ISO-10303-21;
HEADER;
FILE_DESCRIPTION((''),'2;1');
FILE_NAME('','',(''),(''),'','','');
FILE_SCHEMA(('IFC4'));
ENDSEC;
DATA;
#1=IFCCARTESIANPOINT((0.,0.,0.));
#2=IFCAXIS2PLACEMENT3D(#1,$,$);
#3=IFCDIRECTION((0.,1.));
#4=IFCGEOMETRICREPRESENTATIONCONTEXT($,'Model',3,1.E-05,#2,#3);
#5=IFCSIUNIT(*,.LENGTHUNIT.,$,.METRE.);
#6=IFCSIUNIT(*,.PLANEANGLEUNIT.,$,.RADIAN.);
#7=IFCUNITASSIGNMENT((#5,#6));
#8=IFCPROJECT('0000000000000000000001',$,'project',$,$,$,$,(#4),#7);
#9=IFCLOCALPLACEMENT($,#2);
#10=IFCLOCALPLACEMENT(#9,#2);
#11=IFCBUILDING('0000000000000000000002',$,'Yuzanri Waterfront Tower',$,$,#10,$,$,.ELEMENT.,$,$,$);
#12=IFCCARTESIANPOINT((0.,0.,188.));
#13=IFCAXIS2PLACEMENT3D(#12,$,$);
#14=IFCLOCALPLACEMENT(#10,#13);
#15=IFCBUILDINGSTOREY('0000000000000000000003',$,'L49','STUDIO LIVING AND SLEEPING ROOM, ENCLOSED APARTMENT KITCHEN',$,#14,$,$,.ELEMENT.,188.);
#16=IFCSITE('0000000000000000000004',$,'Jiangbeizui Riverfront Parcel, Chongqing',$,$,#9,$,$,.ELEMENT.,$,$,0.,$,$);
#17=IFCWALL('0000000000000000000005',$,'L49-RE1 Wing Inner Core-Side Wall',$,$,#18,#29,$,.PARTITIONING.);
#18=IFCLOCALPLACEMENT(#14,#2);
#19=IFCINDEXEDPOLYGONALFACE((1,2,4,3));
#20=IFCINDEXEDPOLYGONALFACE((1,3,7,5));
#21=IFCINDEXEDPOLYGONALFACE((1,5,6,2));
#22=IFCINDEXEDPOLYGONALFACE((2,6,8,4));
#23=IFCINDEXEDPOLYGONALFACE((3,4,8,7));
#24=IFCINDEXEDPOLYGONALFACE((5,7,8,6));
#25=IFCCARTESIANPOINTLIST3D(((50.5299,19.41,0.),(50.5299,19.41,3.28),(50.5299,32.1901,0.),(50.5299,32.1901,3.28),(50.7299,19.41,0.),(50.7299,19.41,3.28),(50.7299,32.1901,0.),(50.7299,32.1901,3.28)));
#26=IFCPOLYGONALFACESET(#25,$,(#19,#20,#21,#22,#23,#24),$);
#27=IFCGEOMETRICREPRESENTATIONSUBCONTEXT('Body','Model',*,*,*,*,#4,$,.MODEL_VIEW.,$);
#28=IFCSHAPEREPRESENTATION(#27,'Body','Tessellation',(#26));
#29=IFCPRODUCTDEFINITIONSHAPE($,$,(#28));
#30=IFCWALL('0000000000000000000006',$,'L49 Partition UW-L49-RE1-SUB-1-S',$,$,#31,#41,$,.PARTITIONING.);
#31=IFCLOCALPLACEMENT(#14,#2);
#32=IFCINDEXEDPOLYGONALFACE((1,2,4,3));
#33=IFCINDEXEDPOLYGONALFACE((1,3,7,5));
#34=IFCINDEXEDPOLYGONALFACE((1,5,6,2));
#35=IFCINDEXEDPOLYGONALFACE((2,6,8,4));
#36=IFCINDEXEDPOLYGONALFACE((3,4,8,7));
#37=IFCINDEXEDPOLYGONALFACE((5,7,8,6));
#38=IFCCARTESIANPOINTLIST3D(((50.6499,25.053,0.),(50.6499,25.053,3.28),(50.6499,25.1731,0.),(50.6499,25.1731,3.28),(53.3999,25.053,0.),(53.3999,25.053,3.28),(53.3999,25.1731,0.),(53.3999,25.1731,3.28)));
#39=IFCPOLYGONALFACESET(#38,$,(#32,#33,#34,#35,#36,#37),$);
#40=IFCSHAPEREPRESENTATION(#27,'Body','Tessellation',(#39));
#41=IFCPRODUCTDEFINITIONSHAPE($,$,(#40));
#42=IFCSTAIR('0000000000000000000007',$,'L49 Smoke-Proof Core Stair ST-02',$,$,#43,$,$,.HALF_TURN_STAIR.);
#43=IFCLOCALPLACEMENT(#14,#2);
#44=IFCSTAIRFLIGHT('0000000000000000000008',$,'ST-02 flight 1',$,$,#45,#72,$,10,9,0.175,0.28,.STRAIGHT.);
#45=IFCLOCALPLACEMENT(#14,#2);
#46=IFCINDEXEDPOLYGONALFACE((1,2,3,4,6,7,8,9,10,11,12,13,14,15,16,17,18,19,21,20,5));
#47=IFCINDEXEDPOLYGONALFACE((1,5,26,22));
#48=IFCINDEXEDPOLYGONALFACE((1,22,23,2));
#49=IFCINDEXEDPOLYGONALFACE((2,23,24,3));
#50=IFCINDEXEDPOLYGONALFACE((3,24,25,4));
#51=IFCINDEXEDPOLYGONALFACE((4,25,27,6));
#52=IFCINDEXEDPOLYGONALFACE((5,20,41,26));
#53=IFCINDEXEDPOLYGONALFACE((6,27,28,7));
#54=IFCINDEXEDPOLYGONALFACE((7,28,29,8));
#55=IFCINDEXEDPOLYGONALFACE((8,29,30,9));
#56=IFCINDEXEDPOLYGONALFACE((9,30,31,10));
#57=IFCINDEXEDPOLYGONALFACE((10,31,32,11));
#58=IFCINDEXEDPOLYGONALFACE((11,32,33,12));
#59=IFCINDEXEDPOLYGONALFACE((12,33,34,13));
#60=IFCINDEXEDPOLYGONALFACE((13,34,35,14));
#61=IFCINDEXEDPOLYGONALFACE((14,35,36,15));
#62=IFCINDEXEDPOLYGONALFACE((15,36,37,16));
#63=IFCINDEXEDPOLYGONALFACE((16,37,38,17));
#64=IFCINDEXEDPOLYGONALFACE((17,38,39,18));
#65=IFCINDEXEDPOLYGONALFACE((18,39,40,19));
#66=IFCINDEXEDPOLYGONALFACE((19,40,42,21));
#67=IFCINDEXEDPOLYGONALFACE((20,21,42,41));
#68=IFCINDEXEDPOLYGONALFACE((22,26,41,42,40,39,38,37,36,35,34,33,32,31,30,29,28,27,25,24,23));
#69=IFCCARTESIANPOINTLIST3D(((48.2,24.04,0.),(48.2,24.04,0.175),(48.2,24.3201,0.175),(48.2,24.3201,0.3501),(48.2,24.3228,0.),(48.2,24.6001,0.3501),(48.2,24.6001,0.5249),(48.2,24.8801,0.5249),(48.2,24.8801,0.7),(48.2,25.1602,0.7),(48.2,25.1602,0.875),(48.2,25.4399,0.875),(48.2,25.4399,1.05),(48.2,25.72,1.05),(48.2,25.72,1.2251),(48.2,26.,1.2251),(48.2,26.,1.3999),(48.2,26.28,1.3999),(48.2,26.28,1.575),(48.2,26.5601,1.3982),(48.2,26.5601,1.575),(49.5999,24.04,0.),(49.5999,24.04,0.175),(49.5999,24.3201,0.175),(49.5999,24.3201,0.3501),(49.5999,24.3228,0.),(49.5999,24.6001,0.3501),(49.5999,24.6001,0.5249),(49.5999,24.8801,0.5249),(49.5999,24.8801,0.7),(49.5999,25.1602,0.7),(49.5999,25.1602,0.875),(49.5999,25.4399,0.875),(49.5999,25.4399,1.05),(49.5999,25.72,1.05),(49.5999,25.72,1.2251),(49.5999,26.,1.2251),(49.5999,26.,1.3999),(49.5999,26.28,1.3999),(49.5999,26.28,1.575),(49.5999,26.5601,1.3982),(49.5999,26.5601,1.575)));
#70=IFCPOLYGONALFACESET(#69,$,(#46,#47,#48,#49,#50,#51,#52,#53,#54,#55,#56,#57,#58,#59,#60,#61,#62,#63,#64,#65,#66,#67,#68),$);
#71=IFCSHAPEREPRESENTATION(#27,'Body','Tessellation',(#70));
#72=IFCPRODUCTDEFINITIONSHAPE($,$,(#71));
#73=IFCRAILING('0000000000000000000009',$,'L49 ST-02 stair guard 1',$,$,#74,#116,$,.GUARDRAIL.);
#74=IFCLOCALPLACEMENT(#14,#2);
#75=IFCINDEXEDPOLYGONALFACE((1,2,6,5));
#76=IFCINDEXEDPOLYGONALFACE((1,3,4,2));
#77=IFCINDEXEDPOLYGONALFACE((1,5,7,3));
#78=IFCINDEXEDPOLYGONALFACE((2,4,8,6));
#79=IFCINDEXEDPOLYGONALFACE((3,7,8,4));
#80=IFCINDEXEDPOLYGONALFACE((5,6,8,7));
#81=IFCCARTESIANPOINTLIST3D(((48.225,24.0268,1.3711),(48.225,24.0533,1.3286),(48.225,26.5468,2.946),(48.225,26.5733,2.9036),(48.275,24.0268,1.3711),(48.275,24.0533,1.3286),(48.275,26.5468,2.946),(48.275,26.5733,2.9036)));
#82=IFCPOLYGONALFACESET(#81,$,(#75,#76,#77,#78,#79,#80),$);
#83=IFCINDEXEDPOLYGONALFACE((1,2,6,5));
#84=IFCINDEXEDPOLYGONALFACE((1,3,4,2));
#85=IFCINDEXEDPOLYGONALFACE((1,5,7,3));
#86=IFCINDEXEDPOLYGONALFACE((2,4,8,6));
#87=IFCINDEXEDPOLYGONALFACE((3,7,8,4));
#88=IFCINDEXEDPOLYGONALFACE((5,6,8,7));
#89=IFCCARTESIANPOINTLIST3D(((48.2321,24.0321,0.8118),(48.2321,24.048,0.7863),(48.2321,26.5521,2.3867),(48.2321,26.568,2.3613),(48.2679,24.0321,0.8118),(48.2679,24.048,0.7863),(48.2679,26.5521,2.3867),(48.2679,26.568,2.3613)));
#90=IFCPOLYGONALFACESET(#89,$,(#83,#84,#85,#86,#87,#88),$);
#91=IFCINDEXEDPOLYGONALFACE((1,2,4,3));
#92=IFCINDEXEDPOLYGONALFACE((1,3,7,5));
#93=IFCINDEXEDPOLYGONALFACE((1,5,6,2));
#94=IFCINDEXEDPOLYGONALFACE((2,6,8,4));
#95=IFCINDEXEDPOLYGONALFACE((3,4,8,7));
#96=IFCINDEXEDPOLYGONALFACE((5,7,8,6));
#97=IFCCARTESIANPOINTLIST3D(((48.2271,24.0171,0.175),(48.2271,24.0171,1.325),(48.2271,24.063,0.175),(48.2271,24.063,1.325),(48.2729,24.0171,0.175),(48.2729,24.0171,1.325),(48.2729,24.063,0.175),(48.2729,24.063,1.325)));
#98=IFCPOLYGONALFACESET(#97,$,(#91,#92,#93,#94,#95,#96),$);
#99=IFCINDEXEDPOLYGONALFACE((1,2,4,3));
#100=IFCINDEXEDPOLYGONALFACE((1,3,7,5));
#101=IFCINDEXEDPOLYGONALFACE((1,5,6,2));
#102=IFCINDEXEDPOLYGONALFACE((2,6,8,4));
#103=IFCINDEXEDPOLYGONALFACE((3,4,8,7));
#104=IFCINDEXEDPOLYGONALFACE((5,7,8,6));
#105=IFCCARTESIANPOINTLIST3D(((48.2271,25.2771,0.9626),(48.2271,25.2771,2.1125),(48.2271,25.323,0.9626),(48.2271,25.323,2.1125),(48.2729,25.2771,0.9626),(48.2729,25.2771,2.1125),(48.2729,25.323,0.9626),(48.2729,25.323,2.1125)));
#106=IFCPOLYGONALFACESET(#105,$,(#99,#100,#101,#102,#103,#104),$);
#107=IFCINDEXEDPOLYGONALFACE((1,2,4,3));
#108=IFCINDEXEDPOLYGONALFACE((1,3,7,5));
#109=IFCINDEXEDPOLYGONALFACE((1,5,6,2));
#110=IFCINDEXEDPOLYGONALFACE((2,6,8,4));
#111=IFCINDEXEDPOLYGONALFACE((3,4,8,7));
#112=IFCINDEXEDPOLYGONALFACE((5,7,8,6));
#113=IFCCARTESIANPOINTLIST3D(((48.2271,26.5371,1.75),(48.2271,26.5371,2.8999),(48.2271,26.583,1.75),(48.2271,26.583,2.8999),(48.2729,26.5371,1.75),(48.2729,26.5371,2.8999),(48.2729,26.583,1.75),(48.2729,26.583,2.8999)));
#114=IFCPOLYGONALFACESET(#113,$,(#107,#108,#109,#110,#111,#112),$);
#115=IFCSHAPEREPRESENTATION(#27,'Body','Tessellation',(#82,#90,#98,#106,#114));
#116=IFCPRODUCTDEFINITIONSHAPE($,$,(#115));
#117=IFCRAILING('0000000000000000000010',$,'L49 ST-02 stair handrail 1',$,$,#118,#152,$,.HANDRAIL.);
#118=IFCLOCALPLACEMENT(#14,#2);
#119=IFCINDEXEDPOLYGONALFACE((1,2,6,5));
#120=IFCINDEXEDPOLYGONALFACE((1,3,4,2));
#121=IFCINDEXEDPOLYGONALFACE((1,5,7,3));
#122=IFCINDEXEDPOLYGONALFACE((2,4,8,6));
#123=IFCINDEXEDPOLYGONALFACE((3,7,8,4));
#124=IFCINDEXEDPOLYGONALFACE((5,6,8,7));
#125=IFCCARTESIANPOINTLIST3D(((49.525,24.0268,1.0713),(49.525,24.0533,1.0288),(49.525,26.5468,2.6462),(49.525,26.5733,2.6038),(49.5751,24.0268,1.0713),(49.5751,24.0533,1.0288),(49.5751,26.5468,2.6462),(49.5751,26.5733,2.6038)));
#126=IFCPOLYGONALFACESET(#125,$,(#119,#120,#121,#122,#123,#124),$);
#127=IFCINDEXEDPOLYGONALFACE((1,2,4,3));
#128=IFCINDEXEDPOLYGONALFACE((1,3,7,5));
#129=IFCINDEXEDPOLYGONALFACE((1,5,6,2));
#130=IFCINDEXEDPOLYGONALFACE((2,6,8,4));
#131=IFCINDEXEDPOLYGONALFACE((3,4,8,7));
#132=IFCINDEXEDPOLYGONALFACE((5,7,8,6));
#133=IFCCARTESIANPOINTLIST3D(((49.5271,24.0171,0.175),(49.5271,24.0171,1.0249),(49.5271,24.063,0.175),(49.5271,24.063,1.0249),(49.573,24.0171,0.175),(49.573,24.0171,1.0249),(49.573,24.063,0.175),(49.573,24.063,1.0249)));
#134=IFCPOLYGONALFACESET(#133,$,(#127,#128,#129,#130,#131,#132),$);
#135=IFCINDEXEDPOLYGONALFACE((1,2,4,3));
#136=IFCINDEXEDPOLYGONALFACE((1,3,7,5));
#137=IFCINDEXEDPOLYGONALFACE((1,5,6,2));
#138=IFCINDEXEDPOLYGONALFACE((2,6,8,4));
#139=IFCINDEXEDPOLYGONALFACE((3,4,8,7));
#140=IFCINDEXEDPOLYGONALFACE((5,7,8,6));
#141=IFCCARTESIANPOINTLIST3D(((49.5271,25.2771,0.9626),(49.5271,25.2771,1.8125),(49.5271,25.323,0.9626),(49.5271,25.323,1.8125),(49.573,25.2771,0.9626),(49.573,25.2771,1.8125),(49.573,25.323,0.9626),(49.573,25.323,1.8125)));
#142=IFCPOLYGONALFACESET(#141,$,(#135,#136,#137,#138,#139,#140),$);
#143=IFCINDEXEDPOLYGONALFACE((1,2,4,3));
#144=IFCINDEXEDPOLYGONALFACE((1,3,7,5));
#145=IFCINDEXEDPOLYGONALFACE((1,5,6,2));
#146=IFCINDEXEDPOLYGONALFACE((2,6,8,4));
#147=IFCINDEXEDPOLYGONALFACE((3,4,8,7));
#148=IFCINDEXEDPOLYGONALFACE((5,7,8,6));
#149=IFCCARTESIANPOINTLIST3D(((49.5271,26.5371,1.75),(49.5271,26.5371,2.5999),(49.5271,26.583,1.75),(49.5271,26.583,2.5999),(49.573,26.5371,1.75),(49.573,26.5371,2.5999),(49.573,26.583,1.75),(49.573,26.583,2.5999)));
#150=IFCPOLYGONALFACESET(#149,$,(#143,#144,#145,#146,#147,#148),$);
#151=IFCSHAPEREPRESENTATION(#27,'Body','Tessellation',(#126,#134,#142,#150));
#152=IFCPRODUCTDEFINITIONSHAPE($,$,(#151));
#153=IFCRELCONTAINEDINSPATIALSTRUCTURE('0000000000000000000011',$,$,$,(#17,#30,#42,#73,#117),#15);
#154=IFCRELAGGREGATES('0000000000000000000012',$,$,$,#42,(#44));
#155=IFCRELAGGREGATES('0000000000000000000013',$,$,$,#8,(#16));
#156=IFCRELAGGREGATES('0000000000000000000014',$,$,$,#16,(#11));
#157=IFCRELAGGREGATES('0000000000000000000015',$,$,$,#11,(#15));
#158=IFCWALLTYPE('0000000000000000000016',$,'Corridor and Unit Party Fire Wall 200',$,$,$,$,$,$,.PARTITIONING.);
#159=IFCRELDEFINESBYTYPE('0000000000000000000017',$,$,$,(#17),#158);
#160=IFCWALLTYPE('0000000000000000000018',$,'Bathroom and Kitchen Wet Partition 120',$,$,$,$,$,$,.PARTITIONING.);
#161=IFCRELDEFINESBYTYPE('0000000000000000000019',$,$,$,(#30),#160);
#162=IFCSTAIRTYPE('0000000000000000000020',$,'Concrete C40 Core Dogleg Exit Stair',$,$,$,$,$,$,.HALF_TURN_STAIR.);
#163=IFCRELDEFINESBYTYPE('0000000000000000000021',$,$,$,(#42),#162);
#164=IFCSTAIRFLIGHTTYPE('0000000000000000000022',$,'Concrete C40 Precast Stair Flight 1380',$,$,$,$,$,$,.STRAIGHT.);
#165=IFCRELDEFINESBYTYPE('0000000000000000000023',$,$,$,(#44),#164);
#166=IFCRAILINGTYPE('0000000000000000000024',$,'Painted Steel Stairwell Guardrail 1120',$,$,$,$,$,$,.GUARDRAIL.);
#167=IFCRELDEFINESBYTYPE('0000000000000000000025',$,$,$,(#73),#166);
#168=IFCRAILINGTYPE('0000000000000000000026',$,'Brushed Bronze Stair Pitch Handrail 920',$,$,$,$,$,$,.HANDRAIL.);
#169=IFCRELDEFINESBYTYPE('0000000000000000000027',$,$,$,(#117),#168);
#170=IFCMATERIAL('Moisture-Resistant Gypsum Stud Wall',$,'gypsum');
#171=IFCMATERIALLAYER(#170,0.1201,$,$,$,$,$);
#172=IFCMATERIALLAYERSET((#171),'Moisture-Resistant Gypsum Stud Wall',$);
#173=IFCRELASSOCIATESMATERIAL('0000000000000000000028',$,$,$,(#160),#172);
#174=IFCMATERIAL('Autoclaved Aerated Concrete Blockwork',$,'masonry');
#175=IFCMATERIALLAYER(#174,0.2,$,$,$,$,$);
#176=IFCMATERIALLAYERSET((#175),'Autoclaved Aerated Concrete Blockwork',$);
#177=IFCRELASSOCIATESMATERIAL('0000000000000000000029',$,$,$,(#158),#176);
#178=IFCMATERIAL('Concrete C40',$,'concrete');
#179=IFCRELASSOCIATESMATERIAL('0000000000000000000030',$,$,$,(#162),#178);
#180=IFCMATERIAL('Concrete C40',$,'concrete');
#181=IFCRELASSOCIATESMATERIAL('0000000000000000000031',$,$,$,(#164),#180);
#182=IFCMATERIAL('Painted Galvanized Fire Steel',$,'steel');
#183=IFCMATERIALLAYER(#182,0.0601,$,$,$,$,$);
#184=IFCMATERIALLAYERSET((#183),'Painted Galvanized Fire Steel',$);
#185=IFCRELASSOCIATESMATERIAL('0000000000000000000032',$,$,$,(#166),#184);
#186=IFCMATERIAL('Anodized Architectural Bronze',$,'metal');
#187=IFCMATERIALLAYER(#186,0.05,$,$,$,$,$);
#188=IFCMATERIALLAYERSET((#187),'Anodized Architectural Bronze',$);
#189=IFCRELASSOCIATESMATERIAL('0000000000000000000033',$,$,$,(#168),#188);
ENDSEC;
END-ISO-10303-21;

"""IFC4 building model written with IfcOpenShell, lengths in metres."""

from ifc_helpers import new_model, si_unit, direction, frame, frame_2d, origin, origin_2d, place, context, subcontext, project, spatial, polyline, rectangle, outline, extrude, source, transform, mapped, material, layer, layer_set, type_object, element, aggregate, save


model = new_model("IFC4")

# Units and contexts
model_context = context("Model", 3, precision=1e-05, world=origin(), true_north=direction((0.0, 1.0)))
body_context = subcontext(model_context, "Body", "Model", "MODEL_VIEW")
ifc_project = project(units=[si_unit("LENGTHUNIT", "METRE"), si_unit("PLANEANGLEUNIT", "RADIAN")], contexts=[model_context])

# Site, building, storey
site_placement = place(None, origin())
site = spatial("IfcSite", under=ifc_project, at=site_placement, Name="Jiangbeizui Riverfront Parcel, Chongqing", CompositionType="ELEMENT", RefElevation=0.0)
building_placement = place(site_placement, origin())
building = spatial("IfcBuilding", under=site, at=building_placement, Name="Yuzanri Waterfront Tower", CompositionType="ELEMENT")
storey_placement = place(building_placement, frame((0.0, 0.0, 188.0)))
storey = spatial("IfcBuildingStorey", under=building, at=storey_placement, Name="L49", Description="STUDIO LIVING AND SLEEPING ROOM, ENCLOSED APARTMENT KITCHEN", CompositionType="ELEMENT", Elevation=188.0)

# Shared definitions
ifc_material_1 = material(Name="Moisture-Resistant Gypsum Stud Wall", Category="gypsum")
ifc_layer_1 = layer(ifc_material_1, 0.1201)
ifc_layer_set_1 = layer_set([ifc_layer_1], Name="Moisture-Resistant Gypsum Stud Wall")
wall_type_1 = type_object("IfcWallType", Name="Bathroom and Kitchen Wet Partition 120", PredefinedType="PARTITIONING", material=ifc_layer_set_1)

# Walls
ifc_material_2 = material(Name="Autoclaved Aerated Concrete Blockwork", Category="masonry")
ifc_layer_2 = layer(ifc_material_2, 0.2)
ifc_layer_set_2 = layer_set([ifc_layer_2], Name="Autoclaved Aerated Concrete Blockwork")
wall_type_2 = type_object("IfcWallType", Name="Corridor and Unit Party Fire Wall 200", PredefinedType="PARTITIONING", material=ifc_layer_set_2)
shared_shape_1 = source(origin(), body_context, "Body", "SweptSolid", [
    extrude(rectangle(XDim=12.78, YDim=0.2, at=frame_2d((6.3901, 0.0))), origin(), (0.0, 0.0, 1.0), 3.28),
])
wall_1_placement = place(storey_placement, frame((50.6299, 19.4099, 0.0), z_axis=(0.0, 0.0, 1.0), x_axis=(0.0, 1.0, 0.0)))
element("IfcWall", 1, at=wall_1_placement, inside=storey, type_object=wall_type_2, Name="L49-RE1 Wing Inner Core-Side Wall", PredefinedType="PARTITIONING", context=body_context, shape_type="MappedRepresentation", body=[
    mapped(shared_shape_1, transform((0.0, 0.0, 0.0), scale=1.0)),
])
shared_shape_2 = source(origin(), body_context, "Body", "SweptSolid", [
    extrude(rectangle(XDim=2.75, YDim=0.1201, at=frame_2d((1.375, 0.0))), origin(), (0.0, 0.0, 1.0), 3.28),
])
wall_2_placement = place(storey_placement, frame((50.6499, 25.113, 0.0), z_axis=(0.0, 0.0, 1.0), x_axis=(1.0, 0.0, 0.0)))
element("IfcWall", 2, at=wall_2_placement, inside=storey, type_object=wall_type_1, Name="L49 Partition UW-L49-RE1-SUB-1-S", PredefinedType="PARTITIONING", context=body_context, shape_type="MappedRepresentation", body=[
    mapped(shared_shape_2, transform((0.0, 0.0, 0.0), scale=1.0)),
])

# Stair, stair flight
ifc_material_3 = material(Name="Concrete C40", Category="concrete")
stair_type = type_object("IfcStairType", Name="Concrete C40 Core Dogleg Exit Stair", PredefinedType="HALF_TURN_STAIR", material=ifc_material_3)
stair_placement = place(storey_placement, origin())
stair = element("IfcStair", 3, at=stair_placement, inside=storey, type_object=stair_type, Name="L49 Smoke-Proof Core Stair ST-02", PredefinedType="HALF_TURN_STAIR")
ifc_material_4 = material(Name="Concrete C40", Category="concrete")
stair_flight_type = type_object("IfcStairFlightType", Name="Concrete C40 Precast Stair Flight 1380", PredefinedType="STRAIGHT", material=ifc_material_4)
shared_shape_3 = source(origin(), body_context, "Body", "SweptSolid", [
    extrude(outline(polyline([(0.0, 0.0), (0.0, 0.175), (0.28, 0.175), (0.28, 0.3501), (0.5601, 0.3501), (0.5601, 0.5249), (0.8401, 0.5249), (0.8401, 0.7), (1.1201, 0.7), (1.1201, 0.875), (1.3999, 0.875), (1.3999, 1.05), (1.6799, 1.05), (1.6799, 1.2251), (1.96, 1.2251), (1.96, 1.3999), (2.24, 1.3999), (2.24, 1.575), (2.52, 1.575), (2.52, 1.75), (2.52, 1.3982), (0.2827, 0.0), (0.0, 0.0)])), frame((0.0, 0.7, 0.0), z_axis=(0.0, -1.0, 0.0), x_axis=(1.0, 0.0, 0.0)), (0.0, 0.0, 1.0), 1.3999),
])
stair_flight_placement = place(storey_placement, frame((48.8999, 24.04, 0.0), z_axis=(0.0, 0.0, 1.0), x_axis=(0.0, 1.0, 0.0)))
stair_flight = element("IfcStairFlight", 4, at=stair_flight_placement, type_object=stair_flight_type, Name="ST-02 flight 1", NumberOfRisers=10, NumberOfTreads=9, PredefinedType="STRAIGHT", RiserHeight=0.175, TreadLength=0.28, context=body_context, shape_type="MappedRepresentation", body=[
    mapped(shared_shape_3, transform((0.0, 0.0, 0.0), scale=1.0)),
])
aggregate(stair, [stair_flight])

# Railings
ifc_material_5 = material(Name="Painted Galvanized Fire Steel", Category="steel")
ifc_layer_3 = layer(ifc_material_5, 0.0601)
ifc_layer_set_3 = layer_set([ifc_layer_3], Name="Painted Galvanized Fire Steel")
railing_type_1 = type_object("IfcRailingType", Name="Painted Steel Stairwell Guardrail 1120", PredefinedType="GUARDRAIL", material=ifc_layer_set_3)
shared_shape_4 = source(origin(), body_context, "Body", "SweptSolid", [
    extrude(rectangle(XDim=0.05, YDim=0.05, at=origin_2d()), frame((0.0, 0.0, 1.1748), z_axis=(0.0, 0.848008, 0.529984), x_axis=(-1.0, 0.0, 0.0)), (0.0, 0.0, 1.0), 2.9717),
    extrude(rectangle(XDim=0.0359, YDim=0.03, at=origin_2d()), frame((0.0, 0.0, 0.624), z_axis=(0.0, 0.848008, 0.529984), x_axis=(-1.0, 0.0, 0.0)), (0.0, 0.0, 1.0), 2.9717),
    extrude(rectangle(XDim=0.0459, YDim=0.0459, at=origin_2d()), origin(), (0.0, 0.0, 1.0), 1.1499),
    extrude(rectangle(XDim=0.0459, YDim=0.0459, at=origin_2d()), frame((0.0, 1.26, 0.7876)), (0.0, 0.0, 1.0), 1.1499),
    extrude(rectangle(XDim=0.0459, YDim=0.0459, at=origin_2d()), frame((0.0, 2.52, 1.575)), (0.0, 0.0, 1.0), 1.1499),
])
railing_1_placement = place(storey_placement, frame((48.25, 24.04, 0.175)))
element("IfcRailing", 5, at=railing_1_placement, inside=storey, type_object=railing_type_1, Name="L49 ST-02 stair guard 1", PredefinedType="GUARDRAIL", context=body_context, shape_type="MappedRepresentation", body=[
    mapped(shared_shape_4, transform((0.0, 0.0, 0.0), scale=1.0)),
])
ifc_material_6 = material(Name="Anodized Architectural Bronze", Category="metal")
ifc_layer_4 = layer(ifc_material_6, 0.05)
ifc_layer_set_4 = layer_set([ifc_layer_4], Name="Anodized Architectural Bronze")
railing_type_2 = type_object("IfcRailingType", Name="Brushed Bronze Stair Pitch Handrail 920", PredefinedType="HANDRAIL", material=ifc_layer_set_4)
shared_shape_5 = source(origin(), body_context, "Body", "SweptSolid", [
    extrude(rectangle(XDim=0.05, YDim=0.05, at=origin_2d()), frame((0.0, 0.0, 0.875), z_axis=(0.0, 0.848008, 0.529984), x_axis=(-1.0, 0.0, 0.0)), (0.0, 0.0, 1.0), 2.9717),
    extrude(rectangle(XDim=0.0459, YDim=0.0459, at=origin_2d()), origin(), (0.0, 0.0, 1.0), 0.8499),
    extrude(rectangle(XDim=0.0459, YDim=0.0459, at=origin_2d()), frame((0.0, 1.26, 0.7876)), (0.0, 0.0, 1.0), 0.8499),
    extrude(rectangle(XDim=0.0459, YDim=0.0459, at=origin_2d()), frame((0.0, 2.52, 1.575)), (0.0, 0.0, 1.0), 0.8499),
])
railing_2_placement = place(storey_placement, frame((49.55, 24.04, 0.175)))
element("IfcRailing", 6, at=railing_2_placement, inside=storey, type_object=railing_type_2, Name="L49 ST-02 stair handrail 1", PredefinedType="HANDRAIL", context=body_context, shape_type="MappedRepresentation", body=[
    mapped(shared_shape_5, transform((0.0, 0.0, 0.0), scale=1.0)),
])

save(model, "model.ifc")
